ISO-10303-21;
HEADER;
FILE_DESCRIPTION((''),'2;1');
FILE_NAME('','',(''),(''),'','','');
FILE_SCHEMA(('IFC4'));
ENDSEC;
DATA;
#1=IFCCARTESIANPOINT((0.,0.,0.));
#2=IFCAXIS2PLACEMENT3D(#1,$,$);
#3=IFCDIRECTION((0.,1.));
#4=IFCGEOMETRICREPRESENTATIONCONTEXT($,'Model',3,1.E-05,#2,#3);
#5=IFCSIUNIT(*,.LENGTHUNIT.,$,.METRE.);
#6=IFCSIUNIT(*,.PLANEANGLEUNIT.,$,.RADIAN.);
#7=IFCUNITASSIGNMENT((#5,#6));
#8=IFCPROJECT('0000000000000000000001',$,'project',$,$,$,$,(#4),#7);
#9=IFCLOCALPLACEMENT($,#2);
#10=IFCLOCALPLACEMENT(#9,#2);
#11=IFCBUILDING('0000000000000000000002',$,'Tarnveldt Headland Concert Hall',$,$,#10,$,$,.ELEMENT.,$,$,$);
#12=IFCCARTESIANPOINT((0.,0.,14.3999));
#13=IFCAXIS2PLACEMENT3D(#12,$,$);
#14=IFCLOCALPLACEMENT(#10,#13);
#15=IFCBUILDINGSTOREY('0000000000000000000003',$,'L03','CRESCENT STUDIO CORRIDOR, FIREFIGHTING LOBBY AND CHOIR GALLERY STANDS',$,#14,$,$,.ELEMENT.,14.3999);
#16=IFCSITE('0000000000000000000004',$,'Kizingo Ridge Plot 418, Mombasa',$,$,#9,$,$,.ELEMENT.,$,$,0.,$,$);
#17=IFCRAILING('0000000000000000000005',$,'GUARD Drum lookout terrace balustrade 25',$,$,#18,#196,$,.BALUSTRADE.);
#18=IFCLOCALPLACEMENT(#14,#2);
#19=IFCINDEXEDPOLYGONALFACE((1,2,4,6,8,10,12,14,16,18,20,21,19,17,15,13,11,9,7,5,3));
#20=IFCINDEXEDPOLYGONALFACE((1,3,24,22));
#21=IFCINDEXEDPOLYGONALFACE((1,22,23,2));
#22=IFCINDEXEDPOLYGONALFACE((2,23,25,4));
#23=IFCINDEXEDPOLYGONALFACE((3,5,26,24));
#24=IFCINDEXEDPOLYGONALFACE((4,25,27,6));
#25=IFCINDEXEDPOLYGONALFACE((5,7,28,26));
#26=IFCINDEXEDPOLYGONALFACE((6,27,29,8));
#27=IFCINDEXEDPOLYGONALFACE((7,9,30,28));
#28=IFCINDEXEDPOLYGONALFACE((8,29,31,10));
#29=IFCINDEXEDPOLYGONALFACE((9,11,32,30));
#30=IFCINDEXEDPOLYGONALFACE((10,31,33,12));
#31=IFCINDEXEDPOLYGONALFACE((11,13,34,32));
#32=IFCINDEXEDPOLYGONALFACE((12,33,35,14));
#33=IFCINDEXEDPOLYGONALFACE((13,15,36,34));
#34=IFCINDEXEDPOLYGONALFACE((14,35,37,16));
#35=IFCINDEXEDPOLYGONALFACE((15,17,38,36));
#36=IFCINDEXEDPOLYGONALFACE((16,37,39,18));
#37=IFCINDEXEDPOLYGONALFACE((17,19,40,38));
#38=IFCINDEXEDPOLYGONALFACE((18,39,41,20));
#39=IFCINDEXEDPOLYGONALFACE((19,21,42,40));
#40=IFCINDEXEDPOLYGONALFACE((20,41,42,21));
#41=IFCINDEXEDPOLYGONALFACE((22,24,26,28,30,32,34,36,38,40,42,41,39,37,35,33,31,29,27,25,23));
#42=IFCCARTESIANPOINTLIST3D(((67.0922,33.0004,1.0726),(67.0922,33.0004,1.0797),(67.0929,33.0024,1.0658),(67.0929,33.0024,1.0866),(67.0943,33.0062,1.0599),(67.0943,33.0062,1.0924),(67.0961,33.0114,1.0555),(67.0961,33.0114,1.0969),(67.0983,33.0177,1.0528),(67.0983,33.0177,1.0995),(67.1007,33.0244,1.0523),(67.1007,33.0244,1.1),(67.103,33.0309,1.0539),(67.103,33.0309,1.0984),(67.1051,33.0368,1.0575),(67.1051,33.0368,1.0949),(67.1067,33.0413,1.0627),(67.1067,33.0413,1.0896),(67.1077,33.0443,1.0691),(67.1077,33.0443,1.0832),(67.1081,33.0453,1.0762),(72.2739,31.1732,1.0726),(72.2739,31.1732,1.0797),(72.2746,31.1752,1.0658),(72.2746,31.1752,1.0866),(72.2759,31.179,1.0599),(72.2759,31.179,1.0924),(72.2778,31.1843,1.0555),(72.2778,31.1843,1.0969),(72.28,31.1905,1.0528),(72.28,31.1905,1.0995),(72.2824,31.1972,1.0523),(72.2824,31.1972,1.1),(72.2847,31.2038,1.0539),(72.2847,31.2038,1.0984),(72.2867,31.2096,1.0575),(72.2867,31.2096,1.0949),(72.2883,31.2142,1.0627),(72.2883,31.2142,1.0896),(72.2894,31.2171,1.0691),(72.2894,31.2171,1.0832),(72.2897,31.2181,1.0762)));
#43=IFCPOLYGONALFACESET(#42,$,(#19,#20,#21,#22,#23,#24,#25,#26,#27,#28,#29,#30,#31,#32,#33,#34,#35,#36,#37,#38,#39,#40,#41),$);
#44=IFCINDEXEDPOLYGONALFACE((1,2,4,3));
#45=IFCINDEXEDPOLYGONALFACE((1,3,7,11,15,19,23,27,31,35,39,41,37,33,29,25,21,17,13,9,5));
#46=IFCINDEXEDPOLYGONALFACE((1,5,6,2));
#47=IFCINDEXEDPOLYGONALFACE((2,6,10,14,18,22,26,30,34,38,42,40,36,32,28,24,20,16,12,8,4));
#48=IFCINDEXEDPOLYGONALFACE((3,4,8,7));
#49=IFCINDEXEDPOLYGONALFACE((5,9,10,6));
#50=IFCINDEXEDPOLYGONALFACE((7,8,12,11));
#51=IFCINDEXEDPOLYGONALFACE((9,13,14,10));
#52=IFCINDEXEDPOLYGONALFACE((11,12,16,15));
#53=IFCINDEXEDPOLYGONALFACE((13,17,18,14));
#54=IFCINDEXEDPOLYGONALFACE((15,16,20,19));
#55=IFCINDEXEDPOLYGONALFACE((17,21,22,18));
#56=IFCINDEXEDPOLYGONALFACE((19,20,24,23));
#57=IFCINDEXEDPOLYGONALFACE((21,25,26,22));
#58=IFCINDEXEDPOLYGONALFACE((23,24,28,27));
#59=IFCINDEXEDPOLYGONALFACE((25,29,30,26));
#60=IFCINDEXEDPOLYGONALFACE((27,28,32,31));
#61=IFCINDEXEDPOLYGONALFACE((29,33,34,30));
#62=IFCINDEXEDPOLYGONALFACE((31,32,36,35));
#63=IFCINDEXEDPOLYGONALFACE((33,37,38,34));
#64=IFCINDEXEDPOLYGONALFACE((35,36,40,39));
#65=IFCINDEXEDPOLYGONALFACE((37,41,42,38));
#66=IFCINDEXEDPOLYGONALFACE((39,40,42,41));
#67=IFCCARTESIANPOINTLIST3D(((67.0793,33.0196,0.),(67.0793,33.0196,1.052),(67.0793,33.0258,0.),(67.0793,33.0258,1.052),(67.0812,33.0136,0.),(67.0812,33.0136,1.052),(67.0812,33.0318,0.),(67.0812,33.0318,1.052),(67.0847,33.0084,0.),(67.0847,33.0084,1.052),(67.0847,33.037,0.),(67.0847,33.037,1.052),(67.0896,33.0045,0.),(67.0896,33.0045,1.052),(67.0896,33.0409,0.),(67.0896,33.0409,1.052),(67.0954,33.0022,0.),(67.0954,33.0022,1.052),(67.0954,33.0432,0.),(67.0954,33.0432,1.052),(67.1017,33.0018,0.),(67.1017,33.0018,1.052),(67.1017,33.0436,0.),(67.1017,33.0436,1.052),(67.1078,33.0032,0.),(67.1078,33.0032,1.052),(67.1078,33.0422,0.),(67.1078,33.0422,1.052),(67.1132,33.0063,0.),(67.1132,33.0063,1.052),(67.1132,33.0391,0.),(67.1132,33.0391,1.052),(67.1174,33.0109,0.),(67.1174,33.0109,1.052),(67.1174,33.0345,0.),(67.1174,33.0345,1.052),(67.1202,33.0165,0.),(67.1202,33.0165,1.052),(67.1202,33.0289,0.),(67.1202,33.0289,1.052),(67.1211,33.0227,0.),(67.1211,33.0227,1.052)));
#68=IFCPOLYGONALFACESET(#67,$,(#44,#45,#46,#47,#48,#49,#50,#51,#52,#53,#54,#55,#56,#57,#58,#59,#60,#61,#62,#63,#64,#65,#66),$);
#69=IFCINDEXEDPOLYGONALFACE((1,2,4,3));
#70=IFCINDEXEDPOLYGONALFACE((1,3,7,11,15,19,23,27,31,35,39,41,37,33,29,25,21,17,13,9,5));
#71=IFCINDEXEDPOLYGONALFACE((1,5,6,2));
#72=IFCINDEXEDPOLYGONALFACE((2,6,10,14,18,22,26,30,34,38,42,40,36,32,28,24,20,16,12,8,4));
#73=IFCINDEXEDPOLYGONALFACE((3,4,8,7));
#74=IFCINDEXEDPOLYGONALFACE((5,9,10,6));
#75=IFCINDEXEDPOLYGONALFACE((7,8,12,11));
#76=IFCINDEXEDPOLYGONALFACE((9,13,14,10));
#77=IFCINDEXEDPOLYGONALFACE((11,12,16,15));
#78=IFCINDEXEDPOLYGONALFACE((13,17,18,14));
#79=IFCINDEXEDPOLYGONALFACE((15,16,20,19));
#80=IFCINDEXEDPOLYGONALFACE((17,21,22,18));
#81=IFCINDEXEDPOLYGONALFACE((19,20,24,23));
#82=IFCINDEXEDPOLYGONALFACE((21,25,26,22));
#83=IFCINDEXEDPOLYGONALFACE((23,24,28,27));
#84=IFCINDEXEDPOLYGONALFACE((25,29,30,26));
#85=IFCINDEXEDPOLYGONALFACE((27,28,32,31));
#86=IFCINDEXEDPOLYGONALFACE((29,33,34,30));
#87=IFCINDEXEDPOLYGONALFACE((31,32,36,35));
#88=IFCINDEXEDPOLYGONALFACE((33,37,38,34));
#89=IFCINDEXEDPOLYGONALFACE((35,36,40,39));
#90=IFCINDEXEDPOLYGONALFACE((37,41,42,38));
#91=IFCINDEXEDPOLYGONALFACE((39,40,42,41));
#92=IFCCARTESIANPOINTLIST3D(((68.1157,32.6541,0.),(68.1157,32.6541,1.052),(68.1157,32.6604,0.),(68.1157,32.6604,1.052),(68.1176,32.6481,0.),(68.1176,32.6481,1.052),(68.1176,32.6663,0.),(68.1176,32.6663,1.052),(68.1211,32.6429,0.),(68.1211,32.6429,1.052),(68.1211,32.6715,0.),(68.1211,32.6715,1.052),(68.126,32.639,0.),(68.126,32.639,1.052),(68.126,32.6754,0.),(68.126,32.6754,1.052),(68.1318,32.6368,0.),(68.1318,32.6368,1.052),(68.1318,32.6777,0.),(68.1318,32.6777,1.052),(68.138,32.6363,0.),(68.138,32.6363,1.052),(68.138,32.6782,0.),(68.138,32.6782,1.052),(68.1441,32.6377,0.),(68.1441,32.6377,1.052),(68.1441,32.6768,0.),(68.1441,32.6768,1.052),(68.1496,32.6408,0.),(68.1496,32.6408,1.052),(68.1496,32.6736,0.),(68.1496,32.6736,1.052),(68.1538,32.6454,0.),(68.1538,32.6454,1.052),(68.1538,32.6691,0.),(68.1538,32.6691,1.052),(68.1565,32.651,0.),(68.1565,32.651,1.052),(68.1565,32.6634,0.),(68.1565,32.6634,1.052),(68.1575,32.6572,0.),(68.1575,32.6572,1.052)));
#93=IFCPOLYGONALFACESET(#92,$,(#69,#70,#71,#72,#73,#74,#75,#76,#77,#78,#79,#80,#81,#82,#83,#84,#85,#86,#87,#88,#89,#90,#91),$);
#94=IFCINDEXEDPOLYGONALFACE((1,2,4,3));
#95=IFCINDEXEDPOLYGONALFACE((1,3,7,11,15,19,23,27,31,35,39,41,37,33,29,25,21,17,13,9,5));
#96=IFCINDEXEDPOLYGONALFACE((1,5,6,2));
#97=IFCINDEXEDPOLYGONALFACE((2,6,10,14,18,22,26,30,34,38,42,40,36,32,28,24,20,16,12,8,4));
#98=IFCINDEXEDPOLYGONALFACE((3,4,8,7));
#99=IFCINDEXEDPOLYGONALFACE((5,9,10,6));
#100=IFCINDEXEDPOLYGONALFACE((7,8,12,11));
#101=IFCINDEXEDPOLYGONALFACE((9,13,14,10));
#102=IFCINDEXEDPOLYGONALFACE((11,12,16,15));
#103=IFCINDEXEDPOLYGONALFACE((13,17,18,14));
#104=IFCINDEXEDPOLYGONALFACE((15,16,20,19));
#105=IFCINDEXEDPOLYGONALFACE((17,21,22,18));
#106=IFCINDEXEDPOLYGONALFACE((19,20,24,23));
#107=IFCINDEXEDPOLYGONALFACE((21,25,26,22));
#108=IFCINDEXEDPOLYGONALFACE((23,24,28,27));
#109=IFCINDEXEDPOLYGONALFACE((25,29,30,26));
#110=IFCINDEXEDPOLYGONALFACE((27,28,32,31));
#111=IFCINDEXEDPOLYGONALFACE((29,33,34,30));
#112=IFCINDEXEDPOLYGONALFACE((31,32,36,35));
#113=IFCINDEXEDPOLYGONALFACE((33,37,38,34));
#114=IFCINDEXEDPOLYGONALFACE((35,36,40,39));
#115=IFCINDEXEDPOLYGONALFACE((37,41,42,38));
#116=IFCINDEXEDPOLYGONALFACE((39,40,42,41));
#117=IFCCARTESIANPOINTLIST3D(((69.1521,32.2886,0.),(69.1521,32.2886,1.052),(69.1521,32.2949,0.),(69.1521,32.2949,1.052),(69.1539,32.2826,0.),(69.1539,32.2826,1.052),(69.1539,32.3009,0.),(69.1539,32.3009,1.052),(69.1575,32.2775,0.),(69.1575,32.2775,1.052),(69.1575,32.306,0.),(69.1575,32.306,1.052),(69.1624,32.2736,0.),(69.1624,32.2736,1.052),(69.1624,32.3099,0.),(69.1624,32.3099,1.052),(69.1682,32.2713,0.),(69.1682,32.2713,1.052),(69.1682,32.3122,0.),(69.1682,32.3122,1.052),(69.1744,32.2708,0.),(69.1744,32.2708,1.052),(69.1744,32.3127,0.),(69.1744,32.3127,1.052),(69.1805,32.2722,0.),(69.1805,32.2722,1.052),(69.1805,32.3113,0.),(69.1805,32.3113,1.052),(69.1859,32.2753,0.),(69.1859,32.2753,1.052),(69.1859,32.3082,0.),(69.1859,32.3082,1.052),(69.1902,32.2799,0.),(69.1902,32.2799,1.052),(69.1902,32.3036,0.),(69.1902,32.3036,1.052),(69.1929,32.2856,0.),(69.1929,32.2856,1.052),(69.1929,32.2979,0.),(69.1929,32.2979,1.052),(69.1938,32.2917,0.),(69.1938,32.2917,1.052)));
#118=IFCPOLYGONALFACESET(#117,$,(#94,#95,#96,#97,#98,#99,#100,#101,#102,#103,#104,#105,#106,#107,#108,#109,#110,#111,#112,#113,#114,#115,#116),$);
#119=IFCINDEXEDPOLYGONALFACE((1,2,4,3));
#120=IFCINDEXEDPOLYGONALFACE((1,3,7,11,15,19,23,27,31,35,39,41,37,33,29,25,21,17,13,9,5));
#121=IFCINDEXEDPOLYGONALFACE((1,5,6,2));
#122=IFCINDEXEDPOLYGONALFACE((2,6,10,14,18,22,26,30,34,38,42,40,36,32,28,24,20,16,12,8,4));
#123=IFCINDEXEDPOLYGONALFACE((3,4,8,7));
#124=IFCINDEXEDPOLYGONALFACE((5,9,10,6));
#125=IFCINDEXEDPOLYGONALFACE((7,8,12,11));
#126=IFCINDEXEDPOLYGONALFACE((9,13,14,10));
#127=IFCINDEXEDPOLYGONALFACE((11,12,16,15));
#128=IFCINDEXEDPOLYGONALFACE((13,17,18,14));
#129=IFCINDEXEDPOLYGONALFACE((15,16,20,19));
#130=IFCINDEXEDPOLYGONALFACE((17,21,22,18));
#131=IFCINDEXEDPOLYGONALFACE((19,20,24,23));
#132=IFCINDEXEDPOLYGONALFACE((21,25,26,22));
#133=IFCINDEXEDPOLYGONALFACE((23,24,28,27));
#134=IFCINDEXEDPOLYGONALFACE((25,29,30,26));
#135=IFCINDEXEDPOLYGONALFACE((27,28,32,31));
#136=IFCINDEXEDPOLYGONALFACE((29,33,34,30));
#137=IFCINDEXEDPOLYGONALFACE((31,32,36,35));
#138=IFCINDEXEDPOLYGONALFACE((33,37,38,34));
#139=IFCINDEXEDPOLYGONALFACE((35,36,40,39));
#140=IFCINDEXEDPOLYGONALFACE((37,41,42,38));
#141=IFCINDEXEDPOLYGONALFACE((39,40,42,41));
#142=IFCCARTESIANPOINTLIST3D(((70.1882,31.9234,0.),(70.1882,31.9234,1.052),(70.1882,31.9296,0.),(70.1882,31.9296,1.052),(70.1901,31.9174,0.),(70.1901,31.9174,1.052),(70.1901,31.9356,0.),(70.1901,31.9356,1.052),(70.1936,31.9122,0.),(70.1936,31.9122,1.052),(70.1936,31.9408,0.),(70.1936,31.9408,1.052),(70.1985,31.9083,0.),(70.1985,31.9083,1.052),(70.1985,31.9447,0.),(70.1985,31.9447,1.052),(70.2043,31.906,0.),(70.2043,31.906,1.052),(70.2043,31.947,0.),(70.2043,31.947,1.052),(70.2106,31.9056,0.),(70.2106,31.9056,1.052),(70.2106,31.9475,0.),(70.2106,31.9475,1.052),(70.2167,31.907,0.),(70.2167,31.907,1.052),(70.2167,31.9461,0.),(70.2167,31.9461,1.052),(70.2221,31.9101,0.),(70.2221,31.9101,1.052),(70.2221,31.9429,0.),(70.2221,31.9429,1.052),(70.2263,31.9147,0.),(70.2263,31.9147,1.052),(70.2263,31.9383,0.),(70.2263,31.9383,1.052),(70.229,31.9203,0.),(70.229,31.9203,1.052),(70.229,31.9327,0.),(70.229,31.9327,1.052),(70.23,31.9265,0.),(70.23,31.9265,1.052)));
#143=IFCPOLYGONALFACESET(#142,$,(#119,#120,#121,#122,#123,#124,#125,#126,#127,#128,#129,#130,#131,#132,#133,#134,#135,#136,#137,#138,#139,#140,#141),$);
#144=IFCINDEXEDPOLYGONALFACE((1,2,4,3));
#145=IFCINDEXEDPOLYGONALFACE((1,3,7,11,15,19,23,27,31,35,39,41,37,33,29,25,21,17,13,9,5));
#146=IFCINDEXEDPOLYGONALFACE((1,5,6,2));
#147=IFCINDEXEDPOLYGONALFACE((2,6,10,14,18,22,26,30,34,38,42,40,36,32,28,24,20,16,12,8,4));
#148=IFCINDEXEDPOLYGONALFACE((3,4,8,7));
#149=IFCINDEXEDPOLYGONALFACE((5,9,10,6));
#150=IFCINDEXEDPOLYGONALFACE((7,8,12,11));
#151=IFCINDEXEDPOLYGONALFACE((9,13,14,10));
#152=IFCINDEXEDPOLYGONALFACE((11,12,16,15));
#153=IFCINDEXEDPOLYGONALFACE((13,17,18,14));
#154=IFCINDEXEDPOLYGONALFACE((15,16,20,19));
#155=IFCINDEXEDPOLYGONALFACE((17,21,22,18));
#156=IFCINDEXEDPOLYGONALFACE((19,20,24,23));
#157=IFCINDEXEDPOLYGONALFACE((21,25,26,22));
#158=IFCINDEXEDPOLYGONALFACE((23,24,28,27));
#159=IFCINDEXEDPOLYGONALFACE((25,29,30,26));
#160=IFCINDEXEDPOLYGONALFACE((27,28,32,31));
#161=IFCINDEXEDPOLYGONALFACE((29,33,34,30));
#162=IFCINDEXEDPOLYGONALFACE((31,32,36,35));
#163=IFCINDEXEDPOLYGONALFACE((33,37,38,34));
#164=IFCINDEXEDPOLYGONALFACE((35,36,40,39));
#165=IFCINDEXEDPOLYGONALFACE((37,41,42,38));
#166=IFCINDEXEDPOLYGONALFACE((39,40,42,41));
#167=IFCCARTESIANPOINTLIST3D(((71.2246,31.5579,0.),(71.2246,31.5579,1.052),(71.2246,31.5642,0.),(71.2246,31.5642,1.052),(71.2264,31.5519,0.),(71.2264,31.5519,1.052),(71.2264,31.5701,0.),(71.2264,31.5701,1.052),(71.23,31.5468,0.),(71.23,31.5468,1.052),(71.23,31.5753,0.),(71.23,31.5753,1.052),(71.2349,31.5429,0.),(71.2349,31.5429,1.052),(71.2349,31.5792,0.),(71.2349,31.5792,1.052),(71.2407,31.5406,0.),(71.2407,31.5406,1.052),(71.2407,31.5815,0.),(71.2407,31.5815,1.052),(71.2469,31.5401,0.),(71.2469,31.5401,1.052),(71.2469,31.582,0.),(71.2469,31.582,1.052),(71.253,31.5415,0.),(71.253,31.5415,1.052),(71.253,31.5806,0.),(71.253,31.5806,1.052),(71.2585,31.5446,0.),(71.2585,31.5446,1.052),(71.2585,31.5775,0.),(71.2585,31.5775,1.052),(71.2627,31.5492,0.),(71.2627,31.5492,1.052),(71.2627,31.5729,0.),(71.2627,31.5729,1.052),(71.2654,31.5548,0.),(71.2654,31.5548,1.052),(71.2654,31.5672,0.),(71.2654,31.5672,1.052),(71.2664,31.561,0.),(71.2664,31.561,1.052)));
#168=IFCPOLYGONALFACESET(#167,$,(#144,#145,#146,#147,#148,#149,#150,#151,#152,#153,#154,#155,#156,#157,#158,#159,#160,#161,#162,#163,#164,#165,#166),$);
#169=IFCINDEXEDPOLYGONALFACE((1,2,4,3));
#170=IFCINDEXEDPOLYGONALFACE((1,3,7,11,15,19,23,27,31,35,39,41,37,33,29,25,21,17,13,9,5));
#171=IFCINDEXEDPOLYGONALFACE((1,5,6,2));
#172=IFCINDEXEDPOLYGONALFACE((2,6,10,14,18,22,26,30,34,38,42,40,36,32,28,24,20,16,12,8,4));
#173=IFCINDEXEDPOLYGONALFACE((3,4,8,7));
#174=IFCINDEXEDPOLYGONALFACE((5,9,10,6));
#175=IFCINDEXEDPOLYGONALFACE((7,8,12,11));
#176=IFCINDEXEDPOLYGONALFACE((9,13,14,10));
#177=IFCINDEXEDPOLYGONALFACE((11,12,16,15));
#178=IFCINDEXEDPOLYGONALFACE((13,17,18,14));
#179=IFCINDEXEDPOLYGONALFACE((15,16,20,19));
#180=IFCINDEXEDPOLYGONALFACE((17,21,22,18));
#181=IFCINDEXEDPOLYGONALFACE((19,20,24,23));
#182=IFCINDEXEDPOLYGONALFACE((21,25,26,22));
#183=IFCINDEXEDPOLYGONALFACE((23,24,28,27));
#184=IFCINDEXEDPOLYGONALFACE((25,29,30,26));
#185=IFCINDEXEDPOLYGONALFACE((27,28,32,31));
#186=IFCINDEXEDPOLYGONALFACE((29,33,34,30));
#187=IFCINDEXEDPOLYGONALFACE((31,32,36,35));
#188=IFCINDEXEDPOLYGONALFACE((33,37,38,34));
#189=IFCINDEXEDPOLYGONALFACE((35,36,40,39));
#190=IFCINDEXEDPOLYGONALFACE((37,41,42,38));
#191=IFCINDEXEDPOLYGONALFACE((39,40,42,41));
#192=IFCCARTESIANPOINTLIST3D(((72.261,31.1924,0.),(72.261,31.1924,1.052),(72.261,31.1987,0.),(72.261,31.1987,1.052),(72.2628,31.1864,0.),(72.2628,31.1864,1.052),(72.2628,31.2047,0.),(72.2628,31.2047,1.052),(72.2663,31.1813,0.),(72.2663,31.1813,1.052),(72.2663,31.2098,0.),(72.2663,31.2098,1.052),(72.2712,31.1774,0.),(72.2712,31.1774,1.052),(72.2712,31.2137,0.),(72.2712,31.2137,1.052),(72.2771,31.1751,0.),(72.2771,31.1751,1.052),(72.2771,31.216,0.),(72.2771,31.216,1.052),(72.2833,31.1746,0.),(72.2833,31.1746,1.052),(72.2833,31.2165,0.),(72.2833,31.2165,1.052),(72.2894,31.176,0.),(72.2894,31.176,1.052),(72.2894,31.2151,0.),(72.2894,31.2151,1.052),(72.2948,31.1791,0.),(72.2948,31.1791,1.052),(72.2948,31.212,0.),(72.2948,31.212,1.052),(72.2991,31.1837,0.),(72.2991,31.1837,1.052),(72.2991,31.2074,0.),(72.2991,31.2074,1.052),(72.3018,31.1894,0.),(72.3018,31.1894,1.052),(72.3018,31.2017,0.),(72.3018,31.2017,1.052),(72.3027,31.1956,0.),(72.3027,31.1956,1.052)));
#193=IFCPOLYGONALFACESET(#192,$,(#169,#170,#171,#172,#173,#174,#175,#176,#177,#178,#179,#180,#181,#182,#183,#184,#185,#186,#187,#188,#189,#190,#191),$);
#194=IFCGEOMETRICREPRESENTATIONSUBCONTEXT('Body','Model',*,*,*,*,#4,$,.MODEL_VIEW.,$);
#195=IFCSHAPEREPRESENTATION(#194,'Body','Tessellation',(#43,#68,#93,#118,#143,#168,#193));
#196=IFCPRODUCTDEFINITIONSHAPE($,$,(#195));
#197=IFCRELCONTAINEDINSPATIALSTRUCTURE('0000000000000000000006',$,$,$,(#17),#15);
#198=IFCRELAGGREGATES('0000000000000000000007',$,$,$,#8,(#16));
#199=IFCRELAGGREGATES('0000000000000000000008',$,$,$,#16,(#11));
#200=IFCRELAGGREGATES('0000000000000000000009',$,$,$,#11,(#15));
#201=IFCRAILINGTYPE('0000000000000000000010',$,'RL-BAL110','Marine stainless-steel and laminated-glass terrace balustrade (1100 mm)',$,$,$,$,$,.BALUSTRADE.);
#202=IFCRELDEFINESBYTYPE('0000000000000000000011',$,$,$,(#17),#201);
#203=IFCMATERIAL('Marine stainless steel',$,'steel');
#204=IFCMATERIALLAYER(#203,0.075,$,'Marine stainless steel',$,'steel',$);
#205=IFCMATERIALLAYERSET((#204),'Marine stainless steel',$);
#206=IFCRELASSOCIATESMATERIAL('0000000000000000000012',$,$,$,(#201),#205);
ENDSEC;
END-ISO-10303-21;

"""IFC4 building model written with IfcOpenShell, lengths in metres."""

from ifc_helpers import new_model, si_unit, direction, frame, origin, origin_2d, place, context, subcontext, project, spatial, circle, extrude, material, layer, layer_set, type_object, element, save


model = new_model("IFC4")

# Units and contexts
model_context = context("Model", 3, precision=1e-05, world=origin(), true_north=direction((0.0, 1.0)))
body_context = subcontext(model_context, "Body", "Model", "MODEL_VIEW")
ifc_project = project(units=[si_unit("LENGTHUNIT", "METRE"), si_unit("PLANEANGLEUNIT", "RADIAN")], contexts=[model_context])

# Site, building, storey
site_placement = place(None, origin())
site = spatial("IfcSite", under=ifc_project, at=site_placement, Name="Kizingo Ridge Plot 418, Mombasa", CompositionType="ELEMENT", RefElevation=0.0)
building_placement = place(site_placement, origin())
building = spatial("IfcBuilding", under=site, at=building_placement, Name="Tarnveldt Headland Concert Hall", CompositionType="ELEMENT")
storey_placement = place(building_placement, frame((0.0, 0.0, 14.3999)))
storey = spatial("IfcBuildingStorey", under=building, at=storey_placement, Name="L03", Description="CRESCENT STUDIO CORRIDOR, FIREFIGHTING LOBBY AND CHOIR GALLERY STANDS", CompositionType="ELEMENT", Elevation=14.3999)

# Railing
ifc_material_1 = material(Name="Marine stainless steel", Category="steel")
ifc_layer_1 = layer(ifc_material_1, 0.075, Name="Marine stainless steel", Category="steel")
ifc_layer_set_1 = layer_set([ifc_layer_1], Name="Marine stainless steel")
railing_type_1 = type_object("IfcRailingType", Name="RL-BAL110", Description="Marine stainless-steel and laminated-glass terrace balustrade (1100 mm)", PredefinedType="BALUSTRADE", material=ifc_layer_set_1)
railing_1_placement = place(storey_placement, frame((67.1001, 33.0227, 0.0)))
element("IfcRailing", 1, at=railing_1_placement, inside=storey, type_object=railing_type_1, Name="GUARD Drum lookout terrace balustrade 25", PredefinedType="BALUSTRADE", context=body_context, shape_type="SweptSolid", body=[
    extrude(circle(Radius=0.0239, at=origin_2d()), frame((0.0, 0.0, 1.0762), z_axis=(0.943085, -0.33255, 0.0), x_axis=(0.33255, 0.943085, 0.0)), (0.0, 0.0, 1.0), 5.4944),
    extrude(circle(Radius=0.021, at=origin_2d()), origin(), (0.0, 0.0, 1.0), 1.052),
    extrude(circle(Radius=0.021, at=origin_2d()), frame((1.0364, -0.3655, 0.0)), (0.0, 0.0, 1.0), 1.052),
    extrude(circle(Radius=0.021, at=origin_2d()), frame((2.0728, -0.731, 0.0)), (0.0, 0.0, 1.0), 1.052),
    extrude(circle(Radius=0.021, at=origin_2d()), frame((3.1089, -1.0962, 0.0)), (0.0, 0.0, 1.0), 1.052),
    extrude(circle(Radius=0.021, at=origin_2d()), frame((4.1453, -1.4617, 0.0)), (0.0, 0.0, 1.0), 1.052),
    extrude(circle(Radius=0.021, at=origin_2d()), frame((5.1816, -1.8271, 0.0)), (0.0, 0.0, 1.0), 1.052),
])

save(model, "model.ifc")
